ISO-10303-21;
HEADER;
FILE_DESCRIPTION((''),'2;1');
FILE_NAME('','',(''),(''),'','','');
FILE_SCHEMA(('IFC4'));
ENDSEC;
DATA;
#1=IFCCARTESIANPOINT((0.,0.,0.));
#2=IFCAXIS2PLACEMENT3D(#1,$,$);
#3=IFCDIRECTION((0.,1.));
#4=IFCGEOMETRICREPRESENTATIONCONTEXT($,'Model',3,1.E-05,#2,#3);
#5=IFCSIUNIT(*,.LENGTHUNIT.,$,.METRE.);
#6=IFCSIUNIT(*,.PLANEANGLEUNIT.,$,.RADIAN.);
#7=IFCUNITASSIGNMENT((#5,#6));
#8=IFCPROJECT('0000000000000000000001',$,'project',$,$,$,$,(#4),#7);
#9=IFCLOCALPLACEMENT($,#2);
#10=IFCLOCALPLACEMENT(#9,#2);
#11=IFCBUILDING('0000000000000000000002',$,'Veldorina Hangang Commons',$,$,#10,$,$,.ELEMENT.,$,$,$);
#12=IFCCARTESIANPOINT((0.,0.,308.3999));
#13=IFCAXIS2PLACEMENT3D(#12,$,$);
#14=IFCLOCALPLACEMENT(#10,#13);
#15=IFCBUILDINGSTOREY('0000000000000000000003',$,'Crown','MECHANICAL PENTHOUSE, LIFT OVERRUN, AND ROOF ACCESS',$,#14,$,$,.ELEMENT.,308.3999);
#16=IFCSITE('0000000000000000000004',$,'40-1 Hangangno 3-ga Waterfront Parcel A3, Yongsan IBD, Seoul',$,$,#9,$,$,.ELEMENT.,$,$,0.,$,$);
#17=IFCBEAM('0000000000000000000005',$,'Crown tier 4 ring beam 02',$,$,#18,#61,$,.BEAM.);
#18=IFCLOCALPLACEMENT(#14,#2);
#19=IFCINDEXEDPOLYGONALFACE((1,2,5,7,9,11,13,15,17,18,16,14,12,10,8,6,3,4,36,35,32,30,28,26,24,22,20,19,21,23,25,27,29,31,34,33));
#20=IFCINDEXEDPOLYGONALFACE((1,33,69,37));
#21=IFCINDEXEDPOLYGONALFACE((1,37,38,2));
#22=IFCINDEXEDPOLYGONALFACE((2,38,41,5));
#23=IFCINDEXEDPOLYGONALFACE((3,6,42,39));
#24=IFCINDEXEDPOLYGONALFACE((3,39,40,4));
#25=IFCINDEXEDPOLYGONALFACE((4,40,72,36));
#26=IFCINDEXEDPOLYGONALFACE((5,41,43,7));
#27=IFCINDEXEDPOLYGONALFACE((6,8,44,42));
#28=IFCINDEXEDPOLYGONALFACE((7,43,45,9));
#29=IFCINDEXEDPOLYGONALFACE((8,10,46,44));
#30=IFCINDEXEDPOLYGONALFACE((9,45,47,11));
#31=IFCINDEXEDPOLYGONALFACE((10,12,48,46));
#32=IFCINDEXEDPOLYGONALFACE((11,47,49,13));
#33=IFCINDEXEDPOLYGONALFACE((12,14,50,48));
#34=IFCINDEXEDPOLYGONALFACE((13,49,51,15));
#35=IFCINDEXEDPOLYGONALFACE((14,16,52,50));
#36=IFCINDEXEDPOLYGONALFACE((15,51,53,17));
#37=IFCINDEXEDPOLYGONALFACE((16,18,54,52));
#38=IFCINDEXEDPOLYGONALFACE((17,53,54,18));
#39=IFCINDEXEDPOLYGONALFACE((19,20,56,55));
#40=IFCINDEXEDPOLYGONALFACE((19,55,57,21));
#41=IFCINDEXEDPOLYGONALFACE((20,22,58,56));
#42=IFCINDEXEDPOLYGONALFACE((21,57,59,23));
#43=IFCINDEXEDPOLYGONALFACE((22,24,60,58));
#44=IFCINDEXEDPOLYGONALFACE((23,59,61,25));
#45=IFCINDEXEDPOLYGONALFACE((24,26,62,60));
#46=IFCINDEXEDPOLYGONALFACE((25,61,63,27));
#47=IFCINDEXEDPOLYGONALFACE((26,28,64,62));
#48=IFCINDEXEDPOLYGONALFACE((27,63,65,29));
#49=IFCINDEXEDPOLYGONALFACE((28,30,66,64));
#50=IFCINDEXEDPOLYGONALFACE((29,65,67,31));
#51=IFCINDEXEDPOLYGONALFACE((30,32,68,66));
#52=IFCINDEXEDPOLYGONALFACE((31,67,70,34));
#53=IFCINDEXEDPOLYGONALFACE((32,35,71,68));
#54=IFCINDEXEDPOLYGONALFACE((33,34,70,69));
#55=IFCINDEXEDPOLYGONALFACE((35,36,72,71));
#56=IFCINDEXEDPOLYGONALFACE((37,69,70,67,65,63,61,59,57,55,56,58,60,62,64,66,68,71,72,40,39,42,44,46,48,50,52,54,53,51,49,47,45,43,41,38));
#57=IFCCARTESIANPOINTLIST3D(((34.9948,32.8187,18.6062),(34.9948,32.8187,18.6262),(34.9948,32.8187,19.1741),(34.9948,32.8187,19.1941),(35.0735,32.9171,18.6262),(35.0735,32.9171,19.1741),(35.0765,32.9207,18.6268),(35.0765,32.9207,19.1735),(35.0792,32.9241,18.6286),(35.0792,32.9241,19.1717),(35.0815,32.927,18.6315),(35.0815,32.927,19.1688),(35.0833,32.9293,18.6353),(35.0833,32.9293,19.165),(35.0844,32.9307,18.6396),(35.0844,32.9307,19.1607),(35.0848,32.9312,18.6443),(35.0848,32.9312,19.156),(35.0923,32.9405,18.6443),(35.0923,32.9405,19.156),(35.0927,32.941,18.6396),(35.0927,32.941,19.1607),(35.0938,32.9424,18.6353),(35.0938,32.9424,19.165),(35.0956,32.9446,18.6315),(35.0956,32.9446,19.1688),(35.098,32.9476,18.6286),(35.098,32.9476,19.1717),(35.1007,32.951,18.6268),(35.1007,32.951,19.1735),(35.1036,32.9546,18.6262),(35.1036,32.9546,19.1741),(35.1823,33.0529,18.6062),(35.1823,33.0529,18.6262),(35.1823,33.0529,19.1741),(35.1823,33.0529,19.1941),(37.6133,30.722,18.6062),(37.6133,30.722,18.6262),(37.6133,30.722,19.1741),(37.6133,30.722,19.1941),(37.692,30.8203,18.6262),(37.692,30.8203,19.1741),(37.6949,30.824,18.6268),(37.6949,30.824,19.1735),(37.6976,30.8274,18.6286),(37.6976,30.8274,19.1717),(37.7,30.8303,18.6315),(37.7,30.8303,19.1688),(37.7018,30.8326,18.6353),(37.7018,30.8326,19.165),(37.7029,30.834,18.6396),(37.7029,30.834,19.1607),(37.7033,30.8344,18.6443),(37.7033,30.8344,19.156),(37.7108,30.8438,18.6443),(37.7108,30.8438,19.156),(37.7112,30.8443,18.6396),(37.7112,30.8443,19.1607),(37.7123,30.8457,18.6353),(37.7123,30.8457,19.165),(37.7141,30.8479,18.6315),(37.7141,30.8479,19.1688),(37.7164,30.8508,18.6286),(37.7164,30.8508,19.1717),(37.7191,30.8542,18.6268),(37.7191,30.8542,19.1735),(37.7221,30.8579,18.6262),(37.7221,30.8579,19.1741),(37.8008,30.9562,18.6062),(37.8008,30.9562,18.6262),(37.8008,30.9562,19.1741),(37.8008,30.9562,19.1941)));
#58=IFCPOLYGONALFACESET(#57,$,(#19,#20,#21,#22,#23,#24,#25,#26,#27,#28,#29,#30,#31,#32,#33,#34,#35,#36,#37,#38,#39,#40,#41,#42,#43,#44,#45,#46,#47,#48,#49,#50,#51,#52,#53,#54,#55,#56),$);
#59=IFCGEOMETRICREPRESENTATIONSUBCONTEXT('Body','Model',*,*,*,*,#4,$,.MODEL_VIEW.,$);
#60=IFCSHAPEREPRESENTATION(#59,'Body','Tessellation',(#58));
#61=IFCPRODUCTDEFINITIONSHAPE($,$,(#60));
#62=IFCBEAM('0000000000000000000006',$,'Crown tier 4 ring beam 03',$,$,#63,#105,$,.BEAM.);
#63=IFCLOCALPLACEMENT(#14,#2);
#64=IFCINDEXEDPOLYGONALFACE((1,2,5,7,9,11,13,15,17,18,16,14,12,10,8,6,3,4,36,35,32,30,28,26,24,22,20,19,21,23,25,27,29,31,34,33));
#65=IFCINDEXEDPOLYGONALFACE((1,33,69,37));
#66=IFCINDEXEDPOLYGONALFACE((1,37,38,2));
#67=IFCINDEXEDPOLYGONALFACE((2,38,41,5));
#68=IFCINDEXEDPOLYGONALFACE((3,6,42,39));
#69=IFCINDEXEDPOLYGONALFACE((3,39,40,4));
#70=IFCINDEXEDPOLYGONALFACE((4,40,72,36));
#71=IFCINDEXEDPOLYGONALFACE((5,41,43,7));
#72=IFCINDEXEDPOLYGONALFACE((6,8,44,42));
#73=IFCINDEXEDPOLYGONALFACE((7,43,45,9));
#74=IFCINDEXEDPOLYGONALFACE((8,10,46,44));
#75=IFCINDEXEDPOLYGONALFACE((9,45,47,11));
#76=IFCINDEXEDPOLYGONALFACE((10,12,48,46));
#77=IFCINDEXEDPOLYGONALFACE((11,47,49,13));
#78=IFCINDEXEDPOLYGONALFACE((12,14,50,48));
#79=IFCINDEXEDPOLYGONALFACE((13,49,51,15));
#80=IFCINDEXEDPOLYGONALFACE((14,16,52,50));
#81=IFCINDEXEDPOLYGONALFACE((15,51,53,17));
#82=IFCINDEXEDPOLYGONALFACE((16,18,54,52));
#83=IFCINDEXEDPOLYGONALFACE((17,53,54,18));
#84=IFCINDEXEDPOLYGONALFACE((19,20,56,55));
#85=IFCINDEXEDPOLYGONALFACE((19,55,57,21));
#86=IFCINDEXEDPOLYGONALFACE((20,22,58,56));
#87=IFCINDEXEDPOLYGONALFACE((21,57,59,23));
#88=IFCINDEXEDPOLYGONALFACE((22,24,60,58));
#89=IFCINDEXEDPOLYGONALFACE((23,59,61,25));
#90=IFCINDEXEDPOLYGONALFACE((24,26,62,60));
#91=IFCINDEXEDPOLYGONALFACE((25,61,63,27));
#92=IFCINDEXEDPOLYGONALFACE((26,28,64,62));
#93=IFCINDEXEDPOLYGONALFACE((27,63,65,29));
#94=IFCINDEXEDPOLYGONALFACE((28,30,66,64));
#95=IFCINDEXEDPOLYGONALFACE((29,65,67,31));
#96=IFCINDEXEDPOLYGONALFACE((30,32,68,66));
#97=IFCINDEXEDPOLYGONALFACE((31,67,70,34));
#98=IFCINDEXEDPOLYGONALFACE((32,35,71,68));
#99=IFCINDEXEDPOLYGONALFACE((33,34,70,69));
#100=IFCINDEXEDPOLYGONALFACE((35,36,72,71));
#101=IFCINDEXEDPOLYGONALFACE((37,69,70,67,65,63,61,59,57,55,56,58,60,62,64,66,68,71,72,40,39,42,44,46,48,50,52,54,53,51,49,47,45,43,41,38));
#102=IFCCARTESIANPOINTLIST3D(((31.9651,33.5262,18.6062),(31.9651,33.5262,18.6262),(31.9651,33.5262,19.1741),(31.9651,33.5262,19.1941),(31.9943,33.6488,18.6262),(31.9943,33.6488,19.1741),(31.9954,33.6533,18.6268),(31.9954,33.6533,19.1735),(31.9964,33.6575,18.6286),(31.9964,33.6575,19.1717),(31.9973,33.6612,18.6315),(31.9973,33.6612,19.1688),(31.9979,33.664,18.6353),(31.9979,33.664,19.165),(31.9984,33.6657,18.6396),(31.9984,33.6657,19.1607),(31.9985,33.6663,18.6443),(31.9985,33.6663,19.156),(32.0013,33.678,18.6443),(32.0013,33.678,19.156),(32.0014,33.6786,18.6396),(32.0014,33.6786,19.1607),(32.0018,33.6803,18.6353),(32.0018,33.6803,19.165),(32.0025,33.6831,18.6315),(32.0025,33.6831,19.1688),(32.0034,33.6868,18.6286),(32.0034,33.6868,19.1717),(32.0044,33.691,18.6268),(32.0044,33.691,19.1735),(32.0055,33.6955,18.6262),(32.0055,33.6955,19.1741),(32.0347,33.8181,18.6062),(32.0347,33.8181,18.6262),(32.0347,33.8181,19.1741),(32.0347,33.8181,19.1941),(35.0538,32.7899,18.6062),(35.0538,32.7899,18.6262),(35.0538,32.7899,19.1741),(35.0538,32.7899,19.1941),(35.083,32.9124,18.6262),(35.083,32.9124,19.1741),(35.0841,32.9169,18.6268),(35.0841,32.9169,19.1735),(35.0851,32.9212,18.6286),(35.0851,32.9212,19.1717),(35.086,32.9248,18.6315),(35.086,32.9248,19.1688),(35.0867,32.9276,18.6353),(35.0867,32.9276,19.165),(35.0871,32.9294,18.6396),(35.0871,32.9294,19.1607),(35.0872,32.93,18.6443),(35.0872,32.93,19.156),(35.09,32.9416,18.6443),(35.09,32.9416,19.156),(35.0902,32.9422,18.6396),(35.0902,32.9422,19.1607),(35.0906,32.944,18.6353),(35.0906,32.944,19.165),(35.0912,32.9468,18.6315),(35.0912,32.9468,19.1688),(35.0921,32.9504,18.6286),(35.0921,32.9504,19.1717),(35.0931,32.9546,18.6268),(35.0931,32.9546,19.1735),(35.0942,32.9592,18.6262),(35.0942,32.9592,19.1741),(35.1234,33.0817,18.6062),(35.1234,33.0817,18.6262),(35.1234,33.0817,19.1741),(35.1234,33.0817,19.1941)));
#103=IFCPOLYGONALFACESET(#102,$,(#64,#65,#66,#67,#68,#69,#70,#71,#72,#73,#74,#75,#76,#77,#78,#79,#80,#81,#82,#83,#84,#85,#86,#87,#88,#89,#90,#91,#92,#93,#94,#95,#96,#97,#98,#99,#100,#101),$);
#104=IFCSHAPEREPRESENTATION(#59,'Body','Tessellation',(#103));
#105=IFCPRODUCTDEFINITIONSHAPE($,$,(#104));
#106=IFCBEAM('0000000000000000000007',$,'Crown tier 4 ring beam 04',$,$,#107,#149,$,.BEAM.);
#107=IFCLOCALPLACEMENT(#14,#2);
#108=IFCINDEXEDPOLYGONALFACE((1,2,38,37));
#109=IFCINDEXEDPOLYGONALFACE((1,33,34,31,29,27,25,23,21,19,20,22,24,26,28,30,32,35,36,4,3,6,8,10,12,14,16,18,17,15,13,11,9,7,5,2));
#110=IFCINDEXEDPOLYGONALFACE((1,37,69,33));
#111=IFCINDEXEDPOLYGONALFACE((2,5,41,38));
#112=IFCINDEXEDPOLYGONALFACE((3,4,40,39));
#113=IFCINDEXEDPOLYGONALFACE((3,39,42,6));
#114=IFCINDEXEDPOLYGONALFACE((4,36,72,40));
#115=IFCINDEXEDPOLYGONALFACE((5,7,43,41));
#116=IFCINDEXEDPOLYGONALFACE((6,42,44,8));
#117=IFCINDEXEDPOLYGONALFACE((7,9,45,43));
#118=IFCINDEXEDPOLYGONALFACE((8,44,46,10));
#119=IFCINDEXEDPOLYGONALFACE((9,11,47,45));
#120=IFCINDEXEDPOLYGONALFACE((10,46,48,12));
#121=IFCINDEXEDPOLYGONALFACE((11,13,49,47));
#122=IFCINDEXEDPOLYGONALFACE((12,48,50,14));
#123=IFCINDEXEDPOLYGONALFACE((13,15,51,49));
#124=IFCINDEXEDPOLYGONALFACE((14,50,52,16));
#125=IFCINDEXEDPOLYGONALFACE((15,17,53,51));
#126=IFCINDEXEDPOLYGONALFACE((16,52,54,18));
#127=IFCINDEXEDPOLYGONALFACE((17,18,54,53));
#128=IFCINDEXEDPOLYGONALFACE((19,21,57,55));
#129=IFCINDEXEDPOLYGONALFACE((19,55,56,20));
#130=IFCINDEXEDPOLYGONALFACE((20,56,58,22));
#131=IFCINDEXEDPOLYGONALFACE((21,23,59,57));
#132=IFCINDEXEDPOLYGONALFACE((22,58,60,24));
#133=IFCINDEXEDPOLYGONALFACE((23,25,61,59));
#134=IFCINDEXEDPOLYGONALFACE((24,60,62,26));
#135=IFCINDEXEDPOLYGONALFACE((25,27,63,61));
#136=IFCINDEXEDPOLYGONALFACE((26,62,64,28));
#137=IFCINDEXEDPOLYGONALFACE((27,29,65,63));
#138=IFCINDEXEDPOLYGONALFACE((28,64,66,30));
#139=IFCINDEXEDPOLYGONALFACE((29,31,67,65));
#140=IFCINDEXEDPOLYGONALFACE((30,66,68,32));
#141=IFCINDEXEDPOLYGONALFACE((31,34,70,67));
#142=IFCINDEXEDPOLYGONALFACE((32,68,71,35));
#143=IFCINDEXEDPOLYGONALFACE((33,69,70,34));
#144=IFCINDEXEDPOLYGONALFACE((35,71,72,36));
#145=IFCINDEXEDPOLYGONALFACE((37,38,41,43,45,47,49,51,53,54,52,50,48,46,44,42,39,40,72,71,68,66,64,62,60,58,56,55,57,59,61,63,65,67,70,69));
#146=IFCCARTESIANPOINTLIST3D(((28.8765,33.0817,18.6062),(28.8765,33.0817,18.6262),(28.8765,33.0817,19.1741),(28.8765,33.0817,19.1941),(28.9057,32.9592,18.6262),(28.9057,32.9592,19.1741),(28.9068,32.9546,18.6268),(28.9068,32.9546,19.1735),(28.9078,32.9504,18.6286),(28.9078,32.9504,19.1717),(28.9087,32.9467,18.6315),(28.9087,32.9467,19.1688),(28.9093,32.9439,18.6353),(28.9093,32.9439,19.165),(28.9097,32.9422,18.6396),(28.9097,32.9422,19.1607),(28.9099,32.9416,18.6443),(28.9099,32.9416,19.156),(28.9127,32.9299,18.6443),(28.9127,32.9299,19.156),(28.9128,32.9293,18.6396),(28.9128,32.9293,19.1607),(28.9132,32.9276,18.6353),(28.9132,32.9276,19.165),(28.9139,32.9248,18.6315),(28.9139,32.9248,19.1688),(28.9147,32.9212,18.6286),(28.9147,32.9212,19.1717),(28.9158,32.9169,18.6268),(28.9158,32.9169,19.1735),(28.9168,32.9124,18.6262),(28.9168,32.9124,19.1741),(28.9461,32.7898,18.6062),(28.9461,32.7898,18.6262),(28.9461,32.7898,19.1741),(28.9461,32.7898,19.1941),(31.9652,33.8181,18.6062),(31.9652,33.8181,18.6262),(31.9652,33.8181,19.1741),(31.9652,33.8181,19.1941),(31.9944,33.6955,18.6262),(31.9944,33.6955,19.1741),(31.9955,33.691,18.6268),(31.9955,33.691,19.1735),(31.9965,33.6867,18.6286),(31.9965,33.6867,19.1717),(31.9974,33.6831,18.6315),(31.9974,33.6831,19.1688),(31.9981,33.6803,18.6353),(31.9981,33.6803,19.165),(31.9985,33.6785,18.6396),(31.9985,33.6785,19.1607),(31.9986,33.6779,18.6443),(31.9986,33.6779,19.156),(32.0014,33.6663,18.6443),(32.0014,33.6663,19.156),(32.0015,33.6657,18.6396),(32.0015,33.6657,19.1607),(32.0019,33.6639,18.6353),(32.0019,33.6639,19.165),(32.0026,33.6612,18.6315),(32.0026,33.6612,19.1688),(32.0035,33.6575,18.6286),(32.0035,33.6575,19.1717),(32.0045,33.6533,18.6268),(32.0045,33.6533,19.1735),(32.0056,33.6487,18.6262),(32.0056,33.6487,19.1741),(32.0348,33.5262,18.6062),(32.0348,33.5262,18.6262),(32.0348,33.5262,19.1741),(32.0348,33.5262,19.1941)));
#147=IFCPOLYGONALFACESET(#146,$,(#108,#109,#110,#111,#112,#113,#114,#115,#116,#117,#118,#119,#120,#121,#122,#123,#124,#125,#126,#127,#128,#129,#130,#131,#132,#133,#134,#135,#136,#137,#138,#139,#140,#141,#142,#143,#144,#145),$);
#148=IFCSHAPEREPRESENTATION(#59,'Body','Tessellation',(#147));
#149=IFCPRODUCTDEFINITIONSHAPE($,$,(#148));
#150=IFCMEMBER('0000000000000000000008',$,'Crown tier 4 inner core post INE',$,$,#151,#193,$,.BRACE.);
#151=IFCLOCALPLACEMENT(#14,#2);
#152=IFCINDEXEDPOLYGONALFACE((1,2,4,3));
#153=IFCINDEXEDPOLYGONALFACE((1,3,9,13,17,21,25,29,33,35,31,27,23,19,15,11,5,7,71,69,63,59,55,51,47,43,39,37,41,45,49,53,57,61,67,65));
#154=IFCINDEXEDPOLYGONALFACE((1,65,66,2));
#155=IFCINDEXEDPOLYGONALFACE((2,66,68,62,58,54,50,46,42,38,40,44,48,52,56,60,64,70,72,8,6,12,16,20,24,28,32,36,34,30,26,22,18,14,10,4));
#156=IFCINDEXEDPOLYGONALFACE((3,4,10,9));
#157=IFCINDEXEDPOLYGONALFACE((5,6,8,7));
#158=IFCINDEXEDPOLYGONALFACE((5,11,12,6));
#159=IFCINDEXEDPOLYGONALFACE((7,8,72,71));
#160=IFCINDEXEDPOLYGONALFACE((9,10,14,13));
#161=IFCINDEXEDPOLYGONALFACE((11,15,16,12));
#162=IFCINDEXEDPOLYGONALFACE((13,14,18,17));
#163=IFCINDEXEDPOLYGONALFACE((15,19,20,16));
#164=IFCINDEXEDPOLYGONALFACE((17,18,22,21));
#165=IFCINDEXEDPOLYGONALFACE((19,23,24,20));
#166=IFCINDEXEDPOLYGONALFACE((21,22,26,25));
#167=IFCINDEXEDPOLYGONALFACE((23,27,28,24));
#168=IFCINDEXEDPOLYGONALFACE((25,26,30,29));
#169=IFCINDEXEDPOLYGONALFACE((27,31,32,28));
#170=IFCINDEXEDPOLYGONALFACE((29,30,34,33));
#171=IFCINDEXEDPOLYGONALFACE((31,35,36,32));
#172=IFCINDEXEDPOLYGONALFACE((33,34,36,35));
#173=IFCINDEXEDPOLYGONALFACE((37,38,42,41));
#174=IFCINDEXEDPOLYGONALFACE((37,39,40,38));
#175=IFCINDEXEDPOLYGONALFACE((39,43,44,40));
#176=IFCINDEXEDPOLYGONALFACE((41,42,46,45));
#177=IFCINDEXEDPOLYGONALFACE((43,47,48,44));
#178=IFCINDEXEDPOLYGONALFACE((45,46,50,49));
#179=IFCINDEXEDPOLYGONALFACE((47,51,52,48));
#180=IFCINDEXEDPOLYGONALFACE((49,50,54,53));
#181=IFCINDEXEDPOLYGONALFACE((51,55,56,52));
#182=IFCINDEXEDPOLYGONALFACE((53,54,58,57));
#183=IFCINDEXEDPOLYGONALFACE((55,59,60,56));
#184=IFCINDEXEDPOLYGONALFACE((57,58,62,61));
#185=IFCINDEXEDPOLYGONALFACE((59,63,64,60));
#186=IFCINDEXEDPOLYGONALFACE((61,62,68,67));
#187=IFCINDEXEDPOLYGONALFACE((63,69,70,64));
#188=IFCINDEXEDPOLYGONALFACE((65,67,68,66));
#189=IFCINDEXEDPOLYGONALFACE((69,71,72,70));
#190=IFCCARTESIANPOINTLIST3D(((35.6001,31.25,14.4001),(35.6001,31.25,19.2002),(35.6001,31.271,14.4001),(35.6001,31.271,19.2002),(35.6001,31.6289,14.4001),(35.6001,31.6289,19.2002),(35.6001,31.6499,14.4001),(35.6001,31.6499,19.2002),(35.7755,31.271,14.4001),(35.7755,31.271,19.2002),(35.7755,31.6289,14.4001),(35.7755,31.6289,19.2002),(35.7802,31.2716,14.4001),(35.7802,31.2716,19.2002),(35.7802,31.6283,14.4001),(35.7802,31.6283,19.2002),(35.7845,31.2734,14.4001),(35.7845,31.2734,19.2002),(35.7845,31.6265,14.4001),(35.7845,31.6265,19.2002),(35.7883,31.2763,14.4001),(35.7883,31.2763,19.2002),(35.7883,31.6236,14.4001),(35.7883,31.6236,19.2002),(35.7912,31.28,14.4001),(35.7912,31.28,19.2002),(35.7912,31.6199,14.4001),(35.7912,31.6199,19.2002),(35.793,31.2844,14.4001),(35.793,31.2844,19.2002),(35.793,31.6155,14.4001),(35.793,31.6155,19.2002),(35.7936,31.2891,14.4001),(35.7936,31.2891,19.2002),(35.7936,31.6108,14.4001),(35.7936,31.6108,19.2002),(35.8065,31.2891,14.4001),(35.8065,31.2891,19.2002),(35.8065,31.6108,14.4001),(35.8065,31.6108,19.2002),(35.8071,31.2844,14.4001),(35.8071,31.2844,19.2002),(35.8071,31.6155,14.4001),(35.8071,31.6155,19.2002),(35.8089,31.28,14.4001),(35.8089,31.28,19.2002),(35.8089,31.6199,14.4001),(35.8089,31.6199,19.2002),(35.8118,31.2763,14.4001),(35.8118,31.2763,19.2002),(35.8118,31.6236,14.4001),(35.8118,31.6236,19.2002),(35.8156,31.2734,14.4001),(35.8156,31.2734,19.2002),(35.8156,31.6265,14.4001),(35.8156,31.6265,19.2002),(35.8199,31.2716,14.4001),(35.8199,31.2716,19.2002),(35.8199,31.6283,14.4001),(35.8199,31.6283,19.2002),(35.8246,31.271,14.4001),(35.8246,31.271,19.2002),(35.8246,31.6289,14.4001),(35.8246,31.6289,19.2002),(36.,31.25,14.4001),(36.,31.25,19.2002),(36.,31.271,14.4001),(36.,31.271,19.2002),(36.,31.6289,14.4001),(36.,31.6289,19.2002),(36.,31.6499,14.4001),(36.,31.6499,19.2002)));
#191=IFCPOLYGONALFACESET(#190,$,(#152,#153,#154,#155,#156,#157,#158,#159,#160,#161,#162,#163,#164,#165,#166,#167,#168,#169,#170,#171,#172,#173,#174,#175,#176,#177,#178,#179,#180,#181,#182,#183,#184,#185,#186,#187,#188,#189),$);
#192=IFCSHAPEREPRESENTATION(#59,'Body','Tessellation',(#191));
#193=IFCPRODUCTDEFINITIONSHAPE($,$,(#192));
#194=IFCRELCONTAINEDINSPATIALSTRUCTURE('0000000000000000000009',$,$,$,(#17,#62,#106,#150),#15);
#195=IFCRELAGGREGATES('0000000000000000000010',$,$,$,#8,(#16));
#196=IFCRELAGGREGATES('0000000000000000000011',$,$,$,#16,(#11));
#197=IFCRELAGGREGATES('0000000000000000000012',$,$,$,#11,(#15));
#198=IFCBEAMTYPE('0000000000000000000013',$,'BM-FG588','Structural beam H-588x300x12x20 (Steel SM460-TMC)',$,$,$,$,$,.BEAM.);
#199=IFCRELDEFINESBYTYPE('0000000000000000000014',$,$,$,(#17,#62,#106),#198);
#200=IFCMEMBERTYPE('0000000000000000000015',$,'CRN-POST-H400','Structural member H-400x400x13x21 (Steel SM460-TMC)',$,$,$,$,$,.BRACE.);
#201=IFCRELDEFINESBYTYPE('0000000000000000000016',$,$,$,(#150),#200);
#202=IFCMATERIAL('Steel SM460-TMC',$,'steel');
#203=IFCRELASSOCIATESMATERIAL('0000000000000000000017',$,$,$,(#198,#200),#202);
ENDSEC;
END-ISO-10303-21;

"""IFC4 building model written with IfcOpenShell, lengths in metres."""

from ifc_helpers import new_model, si_unit, direction, frame, origin, origin_2d, place, context, subcontext, project, spatial, i_section, extrude, material, material_profile, profile_set, type_object, element, save


model = new_model("IFC4")

# Units and contexts
model_context = context("Model", 3, precision=1e-05, world=origin(), true_north=direction((0.0, 1.0)))
body_context = subcontext(model_context, "Body", "Model", "MODEL_VIEW")
ifc_project = project(units=[si_unit("LENGTHUNIT", "METRE"), si_unit("PLANEANGLEUNIT", "RADIAN")], contexts=[model_context])

# Site, building, storey
site_placement = place(None, origin())
site = spatial("IfcSite", under=ifc_project, at=site_placement, Name="40-1 Hangangno 3-ga Waterfront Parcel A3, Yongsan IBD, Seoul", CompositionType="ELEMENT", RefElevation=0.0)
building_placement = place(site_placement, origin())
building = spatial("IfcBuilding", under=site, at=building_placement, Name="Veldorina Hangang Commons", CompositionType="ELEMENT")
storey_placement = place(building_placement, frame((0.0, 0.0, 308.3999)))
storey = spatial("IfcBuildingStorey", under=building, at=storey_placement, Name="Crown", Description="MECHANICAL PENTHOUSE, LIFT OVERRUN, AND ROOF ACCESS", CompositionType="ELEMENT", Elevation=308.3999)

# Beams
ifc_material_1 = material(Name="Steel SM460-TMC", Category="steel")
ifc_material_profile_1 = material_profile(ifc_material_1, i_section(OverallWidth=0.3, OverallDepth=0.5879, WebThickness=0.012, FlangeThickness=0.02, FilletRadius=0.0181, at=origin_2d()), Name="H-588x300x12x20")
ifc_profile_set_1 = profile_set([ifc_material_profile_1], Name="Steel SM460-TMC")
beam_type = type_object("IfcBeamType", Name="BM-FG588", Description="Structural beam H-588x300x12x20 (Steel SM460-TMC)", PredefinedType="BEAM", material=ifc_profile_set_1)
beam_placement = place(storey_placement, frame((37.707, 30.8391, 18.9001), z_axis=(-0.780585, 0.62505, 0.0), x_axis=(-0.62505, -0.780585, 0.0)))
element("IfcBeam", 1, at=beam_placement, inside=storey, type_object=beam_type, Name="Crown tier 4 ring beam 02", PredefinedType="BEAM", context=body_context, shape_type="SweptSolid", body=[
    extrude(i_section(OverallWidth=0.3, OverallDepth=0.5879, WebThickness=0.012, FlangeThickness=0.02, FilletRadius=0.0181, at=origin_2d()), origin(), (0.0, 0.0, 1.0), 3.3545),
])
for number, where, z_axis, x_axis, name in (
    (2, (35.0886, 32.9358, 18.9001), (-0.972739, 0.231901, 0.0), (-0.231901, -0.972739, 0.0), "Crown tier 4 ring beam 03"),
    (3, (32.0, 33.6721, 18.9001), (-0.972739, -0.231901, 0.0), (0.231901, -0.972739, 0.0), "Crown tier 4 ring beam 04"),
):
    element("IfcBeam", number, at=place(storey_placement, frame(where, z_axis=z_axis, x_axis=x_axis)), inside=storey, type_object=beam_type, Name=name, PredefinedType="BEAM", context=body_context, shape_type="SweptSolid", body=[
        extrude(i_section(OverallWidth=0.3, OverallDepth=0.5879, WebThickness=0.012, FlangeThickness=0.02, FilletRadius=0.0181, at=origin_2d()), origin(), (0.0, 0.0, 1.0), 3.1753),
    ])

# Member
ifc_material_profile_2 = material_profile(ifc_material_1, i_section(OverallWidth=0.3999, OverallDepth=0.3999, WebThickness=0.0129, FlangeThickness=0.021, FilletRadius=0.0181, at=origin_2d()), Name="H-400x400x13x21")
ifc_profile_set_2 = profile_set([ifc_material_profile_2], Name="Steel SM460-TMC")
member_type_1 = type_object("IfcMemberType", Name="CRN-POST-H400", Description="Structural member H-400x400x13x21 (Steel SM460-TMC)", PredefinedType="BRACE", material=ifc_profile_set_2)
member_1_placement = place(storey_placement, frame((35.8, 31.45, 14.4001), z_axis=(0.0, 0.0, 1.0), x_axis=(1.0, 0.0, 0.0)))
element("IfcMember", 4, at=member_1_placement, inside=storey, type_object=member_type_1, Name="Crown tier 4 inner core post INE", PredefinedType="BRACE", context=body_context, shape_type="SweptSolid", body=[
    extrude(i_section(OverallWidth=0.3999, OverallDepth=0.3999, WebThickness=0.0129, FlangeThickness=0.021, FilletRadius=0.0181, at=origin_2d()), origin(), (0.0, 0.0, 1.0), 4.8),
])

save(model, "model.ifc")
